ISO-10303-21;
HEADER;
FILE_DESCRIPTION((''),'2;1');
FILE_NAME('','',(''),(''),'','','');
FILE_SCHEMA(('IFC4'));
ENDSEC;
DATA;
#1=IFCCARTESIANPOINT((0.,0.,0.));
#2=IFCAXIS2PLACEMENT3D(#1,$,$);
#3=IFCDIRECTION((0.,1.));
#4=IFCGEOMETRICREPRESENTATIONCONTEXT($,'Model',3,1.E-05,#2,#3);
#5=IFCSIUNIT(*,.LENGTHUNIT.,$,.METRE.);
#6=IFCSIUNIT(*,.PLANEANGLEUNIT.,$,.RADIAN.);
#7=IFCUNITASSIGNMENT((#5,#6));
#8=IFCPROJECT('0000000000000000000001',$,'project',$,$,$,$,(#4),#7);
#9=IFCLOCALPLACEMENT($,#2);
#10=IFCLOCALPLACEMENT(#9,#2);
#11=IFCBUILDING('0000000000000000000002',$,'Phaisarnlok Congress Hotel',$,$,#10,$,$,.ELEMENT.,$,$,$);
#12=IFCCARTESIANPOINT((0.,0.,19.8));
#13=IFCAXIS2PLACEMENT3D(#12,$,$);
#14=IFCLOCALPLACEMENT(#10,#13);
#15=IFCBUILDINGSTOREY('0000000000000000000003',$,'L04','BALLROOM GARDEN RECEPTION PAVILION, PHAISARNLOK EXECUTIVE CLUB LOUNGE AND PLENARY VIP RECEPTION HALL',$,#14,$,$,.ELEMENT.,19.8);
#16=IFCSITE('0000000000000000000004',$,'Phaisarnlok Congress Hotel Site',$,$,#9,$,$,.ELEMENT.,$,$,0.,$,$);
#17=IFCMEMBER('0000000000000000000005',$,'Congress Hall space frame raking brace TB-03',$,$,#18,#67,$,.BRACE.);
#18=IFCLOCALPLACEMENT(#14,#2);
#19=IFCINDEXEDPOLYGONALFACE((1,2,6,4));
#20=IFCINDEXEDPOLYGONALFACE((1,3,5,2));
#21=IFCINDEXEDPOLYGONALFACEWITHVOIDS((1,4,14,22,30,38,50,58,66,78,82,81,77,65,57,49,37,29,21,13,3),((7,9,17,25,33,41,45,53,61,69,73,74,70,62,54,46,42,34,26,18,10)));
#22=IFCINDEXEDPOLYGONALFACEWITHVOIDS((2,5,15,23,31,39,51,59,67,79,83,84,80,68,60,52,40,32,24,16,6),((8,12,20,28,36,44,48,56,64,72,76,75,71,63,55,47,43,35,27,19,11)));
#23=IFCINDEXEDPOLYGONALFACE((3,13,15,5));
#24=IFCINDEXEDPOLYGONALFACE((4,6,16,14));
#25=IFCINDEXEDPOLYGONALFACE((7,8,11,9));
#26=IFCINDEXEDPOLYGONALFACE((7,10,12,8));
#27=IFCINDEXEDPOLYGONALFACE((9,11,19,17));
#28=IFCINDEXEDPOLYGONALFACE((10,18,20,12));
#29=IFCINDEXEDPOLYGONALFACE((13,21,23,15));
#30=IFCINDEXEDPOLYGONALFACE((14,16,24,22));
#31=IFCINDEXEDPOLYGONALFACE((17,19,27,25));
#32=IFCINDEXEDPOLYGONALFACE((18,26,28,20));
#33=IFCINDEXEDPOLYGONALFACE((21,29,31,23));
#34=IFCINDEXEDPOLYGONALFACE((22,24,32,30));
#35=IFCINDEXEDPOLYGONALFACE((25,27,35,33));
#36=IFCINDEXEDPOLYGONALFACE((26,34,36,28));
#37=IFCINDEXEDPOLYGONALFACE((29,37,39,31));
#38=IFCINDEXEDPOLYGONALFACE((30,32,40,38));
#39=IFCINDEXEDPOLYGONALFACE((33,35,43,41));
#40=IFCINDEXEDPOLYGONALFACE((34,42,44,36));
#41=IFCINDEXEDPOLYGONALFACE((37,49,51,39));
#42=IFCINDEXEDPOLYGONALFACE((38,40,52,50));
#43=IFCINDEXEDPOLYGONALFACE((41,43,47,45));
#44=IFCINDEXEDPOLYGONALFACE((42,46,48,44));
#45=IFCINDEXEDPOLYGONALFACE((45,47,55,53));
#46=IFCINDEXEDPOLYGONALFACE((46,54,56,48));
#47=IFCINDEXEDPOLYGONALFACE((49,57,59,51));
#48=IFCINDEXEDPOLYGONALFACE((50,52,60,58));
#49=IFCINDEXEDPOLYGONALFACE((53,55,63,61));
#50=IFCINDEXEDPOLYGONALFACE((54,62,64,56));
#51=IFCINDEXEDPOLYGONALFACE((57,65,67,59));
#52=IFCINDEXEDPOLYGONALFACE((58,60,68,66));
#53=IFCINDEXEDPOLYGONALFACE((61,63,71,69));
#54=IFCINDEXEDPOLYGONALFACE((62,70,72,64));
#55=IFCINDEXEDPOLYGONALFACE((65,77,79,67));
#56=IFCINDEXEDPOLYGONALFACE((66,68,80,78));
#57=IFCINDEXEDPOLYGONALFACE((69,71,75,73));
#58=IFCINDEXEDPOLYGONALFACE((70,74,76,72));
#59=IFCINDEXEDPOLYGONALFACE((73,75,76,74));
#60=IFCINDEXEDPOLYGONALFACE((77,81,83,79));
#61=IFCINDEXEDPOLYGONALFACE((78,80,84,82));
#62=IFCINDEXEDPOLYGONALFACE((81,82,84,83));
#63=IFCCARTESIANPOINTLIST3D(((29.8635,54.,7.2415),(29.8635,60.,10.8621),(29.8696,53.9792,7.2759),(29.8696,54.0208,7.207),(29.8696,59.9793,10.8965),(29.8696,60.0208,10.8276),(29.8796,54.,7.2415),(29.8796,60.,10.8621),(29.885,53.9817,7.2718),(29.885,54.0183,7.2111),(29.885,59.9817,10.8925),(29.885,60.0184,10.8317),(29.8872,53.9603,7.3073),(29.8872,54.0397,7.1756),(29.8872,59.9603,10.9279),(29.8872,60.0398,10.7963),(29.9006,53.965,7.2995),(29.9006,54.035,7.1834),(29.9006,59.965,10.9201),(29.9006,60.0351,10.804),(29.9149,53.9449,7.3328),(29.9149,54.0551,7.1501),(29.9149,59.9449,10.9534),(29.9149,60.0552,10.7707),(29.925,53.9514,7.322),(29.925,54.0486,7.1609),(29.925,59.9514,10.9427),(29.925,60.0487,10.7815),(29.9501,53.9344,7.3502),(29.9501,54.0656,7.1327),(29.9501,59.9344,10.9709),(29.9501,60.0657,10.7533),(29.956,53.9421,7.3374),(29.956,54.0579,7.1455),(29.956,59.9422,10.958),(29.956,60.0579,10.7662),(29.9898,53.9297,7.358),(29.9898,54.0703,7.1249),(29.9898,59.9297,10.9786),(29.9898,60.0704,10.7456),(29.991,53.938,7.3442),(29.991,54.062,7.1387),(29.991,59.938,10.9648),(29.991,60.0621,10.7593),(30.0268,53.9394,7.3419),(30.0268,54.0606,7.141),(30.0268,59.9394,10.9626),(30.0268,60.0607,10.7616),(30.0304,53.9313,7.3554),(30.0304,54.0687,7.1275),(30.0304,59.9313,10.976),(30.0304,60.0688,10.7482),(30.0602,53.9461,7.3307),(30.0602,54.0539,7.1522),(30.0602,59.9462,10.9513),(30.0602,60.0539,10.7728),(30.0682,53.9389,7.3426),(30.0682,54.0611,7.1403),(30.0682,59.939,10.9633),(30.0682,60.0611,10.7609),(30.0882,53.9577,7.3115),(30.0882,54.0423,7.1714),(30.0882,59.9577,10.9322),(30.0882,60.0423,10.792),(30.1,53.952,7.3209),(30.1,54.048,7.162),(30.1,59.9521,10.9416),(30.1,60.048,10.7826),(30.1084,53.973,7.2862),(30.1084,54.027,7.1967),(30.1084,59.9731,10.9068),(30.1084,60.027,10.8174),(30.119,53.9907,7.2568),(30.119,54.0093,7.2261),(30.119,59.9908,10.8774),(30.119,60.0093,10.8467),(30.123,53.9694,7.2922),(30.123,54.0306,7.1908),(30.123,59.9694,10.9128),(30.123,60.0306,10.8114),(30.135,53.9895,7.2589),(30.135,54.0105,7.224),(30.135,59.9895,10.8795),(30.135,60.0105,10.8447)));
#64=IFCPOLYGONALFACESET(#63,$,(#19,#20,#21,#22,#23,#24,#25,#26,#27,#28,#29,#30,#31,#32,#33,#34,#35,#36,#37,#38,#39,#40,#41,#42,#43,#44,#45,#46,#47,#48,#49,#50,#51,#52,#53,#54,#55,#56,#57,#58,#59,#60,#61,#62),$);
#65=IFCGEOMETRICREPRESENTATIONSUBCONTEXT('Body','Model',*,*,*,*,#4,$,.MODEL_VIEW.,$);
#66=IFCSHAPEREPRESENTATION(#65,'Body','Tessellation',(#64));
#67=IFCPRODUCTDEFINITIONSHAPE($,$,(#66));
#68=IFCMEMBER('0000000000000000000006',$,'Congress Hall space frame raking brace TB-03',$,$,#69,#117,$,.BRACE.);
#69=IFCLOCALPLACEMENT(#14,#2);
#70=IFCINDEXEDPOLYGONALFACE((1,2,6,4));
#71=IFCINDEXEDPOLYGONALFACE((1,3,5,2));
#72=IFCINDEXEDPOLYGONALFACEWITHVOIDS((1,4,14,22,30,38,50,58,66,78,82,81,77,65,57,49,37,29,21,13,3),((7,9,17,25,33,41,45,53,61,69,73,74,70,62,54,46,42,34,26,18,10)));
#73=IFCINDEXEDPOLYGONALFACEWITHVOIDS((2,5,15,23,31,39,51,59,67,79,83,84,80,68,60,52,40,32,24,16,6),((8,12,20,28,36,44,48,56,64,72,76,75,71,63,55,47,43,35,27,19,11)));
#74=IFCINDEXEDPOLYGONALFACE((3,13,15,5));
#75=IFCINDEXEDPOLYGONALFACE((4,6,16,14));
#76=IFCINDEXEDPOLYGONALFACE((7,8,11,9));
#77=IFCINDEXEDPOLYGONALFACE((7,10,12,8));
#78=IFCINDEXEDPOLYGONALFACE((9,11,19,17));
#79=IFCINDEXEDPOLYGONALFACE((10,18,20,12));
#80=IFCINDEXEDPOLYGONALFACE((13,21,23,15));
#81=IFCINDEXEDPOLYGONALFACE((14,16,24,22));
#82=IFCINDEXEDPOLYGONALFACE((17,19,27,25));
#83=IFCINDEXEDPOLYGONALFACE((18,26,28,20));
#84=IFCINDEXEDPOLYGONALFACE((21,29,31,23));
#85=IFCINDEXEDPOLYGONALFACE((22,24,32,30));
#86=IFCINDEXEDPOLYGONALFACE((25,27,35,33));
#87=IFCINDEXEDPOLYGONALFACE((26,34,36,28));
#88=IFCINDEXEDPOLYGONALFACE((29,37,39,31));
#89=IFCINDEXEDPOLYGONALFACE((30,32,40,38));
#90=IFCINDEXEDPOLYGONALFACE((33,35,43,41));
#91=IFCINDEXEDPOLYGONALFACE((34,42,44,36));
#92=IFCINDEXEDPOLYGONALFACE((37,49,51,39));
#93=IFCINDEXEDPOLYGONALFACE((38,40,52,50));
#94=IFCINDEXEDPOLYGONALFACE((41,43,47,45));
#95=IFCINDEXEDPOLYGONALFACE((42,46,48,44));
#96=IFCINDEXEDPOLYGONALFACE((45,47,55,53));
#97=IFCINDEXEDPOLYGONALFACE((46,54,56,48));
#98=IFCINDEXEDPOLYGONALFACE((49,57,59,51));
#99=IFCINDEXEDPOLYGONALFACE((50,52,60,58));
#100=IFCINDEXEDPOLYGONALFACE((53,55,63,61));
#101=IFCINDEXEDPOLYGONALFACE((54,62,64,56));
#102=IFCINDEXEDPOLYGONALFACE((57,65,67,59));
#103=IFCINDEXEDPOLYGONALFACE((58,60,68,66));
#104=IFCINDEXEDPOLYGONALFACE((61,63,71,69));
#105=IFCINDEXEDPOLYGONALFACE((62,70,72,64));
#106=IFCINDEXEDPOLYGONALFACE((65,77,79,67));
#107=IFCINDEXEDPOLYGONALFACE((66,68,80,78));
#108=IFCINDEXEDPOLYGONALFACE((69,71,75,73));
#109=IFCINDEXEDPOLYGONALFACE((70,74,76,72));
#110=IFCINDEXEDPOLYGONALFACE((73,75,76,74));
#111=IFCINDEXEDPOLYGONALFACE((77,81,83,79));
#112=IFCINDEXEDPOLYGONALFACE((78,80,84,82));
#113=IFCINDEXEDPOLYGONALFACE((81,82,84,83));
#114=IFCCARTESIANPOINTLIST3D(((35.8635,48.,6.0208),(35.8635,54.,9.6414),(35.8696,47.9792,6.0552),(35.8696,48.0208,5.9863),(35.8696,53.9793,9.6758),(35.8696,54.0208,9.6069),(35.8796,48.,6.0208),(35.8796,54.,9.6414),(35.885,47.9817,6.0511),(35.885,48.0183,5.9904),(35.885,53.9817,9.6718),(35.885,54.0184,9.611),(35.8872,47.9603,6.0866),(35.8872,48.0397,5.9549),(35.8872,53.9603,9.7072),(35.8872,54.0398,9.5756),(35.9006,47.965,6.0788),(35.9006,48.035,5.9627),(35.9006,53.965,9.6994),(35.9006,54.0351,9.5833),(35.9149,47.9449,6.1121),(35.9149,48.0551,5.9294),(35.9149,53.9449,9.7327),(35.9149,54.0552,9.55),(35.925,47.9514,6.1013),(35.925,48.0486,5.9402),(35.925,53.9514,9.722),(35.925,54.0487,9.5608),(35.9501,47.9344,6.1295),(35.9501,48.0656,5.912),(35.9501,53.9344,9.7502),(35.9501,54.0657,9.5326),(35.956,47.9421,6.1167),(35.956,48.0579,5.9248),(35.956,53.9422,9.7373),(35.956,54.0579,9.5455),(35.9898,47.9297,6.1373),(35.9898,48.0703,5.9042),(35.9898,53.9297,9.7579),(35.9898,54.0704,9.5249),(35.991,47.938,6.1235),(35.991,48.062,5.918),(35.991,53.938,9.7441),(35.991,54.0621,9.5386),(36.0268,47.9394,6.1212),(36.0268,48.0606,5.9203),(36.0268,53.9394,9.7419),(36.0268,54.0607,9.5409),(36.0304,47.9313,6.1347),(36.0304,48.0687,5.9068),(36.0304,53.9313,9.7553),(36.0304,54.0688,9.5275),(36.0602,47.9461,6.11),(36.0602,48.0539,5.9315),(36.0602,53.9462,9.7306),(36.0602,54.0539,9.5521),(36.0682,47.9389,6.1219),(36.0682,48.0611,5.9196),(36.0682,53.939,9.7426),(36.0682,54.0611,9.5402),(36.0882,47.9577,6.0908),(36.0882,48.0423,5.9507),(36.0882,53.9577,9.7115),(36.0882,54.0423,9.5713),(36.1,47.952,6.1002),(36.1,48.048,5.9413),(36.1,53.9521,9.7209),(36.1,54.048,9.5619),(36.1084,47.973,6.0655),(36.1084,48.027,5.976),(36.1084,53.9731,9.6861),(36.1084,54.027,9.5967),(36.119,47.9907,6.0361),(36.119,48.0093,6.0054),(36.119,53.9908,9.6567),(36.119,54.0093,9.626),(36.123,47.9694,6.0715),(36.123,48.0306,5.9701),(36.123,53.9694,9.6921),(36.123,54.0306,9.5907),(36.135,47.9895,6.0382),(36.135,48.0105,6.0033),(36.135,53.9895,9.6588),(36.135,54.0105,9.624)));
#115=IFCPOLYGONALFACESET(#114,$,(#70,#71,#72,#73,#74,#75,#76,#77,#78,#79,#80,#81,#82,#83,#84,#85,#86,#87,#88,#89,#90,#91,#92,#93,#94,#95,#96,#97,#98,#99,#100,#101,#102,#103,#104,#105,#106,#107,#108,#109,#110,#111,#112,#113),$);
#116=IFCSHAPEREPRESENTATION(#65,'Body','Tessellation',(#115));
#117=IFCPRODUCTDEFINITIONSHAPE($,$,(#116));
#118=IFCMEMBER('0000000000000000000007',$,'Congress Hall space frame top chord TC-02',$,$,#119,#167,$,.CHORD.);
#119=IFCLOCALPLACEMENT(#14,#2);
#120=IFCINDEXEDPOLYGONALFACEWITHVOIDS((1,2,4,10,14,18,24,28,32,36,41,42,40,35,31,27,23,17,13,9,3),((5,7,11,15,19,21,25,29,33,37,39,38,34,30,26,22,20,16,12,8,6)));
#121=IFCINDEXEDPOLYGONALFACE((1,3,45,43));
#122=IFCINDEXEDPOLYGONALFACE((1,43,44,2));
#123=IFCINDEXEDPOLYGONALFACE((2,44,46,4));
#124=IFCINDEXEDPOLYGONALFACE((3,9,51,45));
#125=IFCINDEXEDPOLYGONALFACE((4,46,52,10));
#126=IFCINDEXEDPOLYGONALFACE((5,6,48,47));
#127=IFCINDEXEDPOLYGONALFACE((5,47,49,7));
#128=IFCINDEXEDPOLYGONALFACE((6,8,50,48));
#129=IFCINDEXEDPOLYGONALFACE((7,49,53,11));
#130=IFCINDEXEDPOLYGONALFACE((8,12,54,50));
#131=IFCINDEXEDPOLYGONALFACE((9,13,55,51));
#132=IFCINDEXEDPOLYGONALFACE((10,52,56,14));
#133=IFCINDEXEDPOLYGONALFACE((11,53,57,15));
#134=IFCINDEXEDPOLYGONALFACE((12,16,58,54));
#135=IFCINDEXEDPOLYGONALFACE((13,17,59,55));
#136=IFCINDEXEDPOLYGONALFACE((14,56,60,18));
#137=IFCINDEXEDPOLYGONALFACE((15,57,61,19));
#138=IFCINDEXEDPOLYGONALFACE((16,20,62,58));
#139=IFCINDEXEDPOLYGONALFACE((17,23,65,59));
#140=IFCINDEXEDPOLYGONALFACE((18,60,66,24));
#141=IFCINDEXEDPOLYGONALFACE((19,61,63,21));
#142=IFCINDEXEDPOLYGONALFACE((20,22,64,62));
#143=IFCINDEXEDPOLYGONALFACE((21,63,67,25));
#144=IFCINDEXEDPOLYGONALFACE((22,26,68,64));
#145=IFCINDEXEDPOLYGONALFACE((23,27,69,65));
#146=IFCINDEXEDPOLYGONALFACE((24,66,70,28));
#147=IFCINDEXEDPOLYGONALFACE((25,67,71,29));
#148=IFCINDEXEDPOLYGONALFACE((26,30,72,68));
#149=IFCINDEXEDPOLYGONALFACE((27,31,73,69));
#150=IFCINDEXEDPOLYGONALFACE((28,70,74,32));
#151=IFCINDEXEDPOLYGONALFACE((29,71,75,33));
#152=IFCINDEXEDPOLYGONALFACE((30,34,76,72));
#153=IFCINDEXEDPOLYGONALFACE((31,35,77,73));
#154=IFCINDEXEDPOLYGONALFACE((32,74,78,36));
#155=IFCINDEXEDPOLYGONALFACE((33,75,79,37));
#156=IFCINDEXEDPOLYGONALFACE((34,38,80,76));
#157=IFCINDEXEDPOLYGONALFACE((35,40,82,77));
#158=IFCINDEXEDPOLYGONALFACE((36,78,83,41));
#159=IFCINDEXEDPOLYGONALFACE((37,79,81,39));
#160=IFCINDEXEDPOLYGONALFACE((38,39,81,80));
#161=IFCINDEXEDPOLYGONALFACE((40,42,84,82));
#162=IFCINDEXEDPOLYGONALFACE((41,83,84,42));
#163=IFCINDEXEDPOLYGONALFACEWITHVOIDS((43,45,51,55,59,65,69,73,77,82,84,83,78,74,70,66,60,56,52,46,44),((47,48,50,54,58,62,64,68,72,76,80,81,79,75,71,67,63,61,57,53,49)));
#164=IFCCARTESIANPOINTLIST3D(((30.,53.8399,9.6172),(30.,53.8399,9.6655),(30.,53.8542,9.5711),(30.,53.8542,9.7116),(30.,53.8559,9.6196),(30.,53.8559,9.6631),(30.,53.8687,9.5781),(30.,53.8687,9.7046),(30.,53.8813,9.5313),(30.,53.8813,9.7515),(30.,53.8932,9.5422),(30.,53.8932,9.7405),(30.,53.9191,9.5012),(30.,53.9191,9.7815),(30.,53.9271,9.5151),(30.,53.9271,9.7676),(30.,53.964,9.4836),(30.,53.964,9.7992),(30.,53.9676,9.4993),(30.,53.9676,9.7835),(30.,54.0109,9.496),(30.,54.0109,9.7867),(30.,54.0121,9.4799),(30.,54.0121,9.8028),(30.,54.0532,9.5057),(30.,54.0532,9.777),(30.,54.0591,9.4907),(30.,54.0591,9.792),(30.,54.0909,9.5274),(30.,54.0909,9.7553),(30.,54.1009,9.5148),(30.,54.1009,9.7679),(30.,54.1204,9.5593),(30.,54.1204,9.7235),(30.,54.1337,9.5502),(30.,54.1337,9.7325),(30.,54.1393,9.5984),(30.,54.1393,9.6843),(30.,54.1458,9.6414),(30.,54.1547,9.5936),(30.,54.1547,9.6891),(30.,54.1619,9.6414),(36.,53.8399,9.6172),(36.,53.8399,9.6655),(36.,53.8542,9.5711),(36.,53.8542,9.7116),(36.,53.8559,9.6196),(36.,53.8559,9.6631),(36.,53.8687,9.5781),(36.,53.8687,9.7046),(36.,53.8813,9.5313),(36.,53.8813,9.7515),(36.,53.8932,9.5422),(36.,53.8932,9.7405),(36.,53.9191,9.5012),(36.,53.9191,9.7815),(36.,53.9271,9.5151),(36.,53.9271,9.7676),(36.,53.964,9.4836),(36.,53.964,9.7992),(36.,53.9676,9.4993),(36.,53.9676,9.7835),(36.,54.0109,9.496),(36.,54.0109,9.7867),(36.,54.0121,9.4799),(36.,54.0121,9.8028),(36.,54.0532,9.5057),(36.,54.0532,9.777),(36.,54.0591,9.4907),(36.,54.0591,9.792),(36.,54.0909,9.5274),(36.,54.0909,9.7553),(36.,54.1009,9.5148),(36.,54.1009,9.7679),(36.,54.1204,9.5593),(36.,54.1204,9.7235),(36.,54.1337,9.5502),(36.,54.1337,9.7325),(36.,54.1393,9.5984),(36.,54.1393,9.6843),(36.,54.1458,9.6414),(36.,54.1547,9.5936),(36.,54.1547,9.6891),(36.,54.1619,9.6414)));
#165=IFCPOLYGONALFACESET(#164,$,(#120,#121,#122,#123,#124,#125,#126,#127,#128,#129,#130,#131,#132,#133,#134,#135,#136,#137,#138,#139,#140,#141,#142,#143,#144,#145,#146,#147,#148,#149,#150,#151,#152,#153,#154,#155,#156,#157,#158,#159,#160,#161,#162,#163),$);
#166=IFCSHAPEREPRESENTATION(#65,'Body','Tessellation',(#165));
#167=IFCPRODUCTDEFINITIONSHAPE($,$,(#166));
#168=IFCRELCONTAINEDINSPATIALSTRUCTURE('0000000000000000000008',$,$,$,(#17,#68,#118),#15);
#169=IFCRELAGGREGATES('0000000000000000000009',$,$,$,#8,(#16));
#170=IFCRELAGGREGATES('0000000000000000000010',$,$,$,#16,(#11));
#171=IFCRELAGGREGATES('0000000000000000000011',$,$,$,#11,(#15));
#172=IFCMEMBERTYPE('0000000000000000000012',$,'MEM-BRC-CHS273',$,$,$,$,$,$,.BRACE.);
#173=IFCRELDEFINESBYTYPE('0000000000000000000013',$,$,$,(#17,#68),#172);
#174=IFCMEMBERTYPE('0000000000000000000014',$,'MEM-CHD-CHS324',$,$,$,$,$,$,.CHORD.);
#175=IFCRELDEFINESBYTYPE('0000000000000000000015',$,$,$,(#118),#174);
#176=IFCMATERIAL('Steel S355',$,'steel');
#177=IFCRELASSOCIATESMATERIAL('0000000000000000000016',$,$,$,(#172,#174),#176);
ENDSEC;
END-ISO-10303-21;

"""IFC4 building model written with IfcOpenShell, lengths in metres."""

from ifc_helpers import new_model, si_unit, direction, frame, origin, origin_2d, place, context, subcontext, project, spatial, hollow_circle, extrude, material, material_profile, profile_set, type_object, element, save


model = new_model("IFC4")

# Units and contexts
model_context = context("Model", 3, precision=1e-05, world=origin(), true_north=direction((0.0, 1.0)))
body_context = subcontext(model_context, "Body", "Model", "MODEL_VIEW")
ifc_project = project(units=[si_unit("LENGTHUNIT", "METRE"), si_unit("PLANEANGLEUNIT", "RADIAN")], contexts=[model_context])

# Site, building, storey
site_placement = place(None, origin())
site = spatial("IfcSite", under=ifc_project, at=site_placement, Name="Phaisarnlok Congress Hotel Site", CompositionType="ELEMENT", RefElevation=0.0)
building_placement = place(site_placement, origin())
building = spatial("IfcBuilding", under=site, at=building_placement, Name="Phaisarnlok Congress Hotel", CompositionType="ELEMENT")
storey_placement = place(building_placement, frame((0.0, 0.0, 19.8)))
storey = spatial("IfcBuildingStorey", under=building, at=storey_placement, Name="L04", Description="BALLROOM GARDEN RECEPTION PAVILION, PHAISARNLOK EXECUTIVE CLUB LOUNGE AND PLENARY VIP RECEPTION HALL", CompositionType="ELEMENT", Elevation=19.8)

# Members
ifc_material = material(Name="Steel S355", Category="steel")
ifc_material_profile_1 = material_profile(ifc_material, hollow_circle(Radius=0.1365, WallThickness=0.0161, at=origin_2d()), Name="CHS 273x16")
ifc_profile_set_1 = profile_set([ifc_material_profile_1], Name="Steel S355")
member_type_1 = type_object("IfcMemberType", Name="MEM-BRC-CHS273", PredefinedType="BRACE", material=ifc_profile_set_1)
for number, where, z_axis, x_axis, name in (
    (1, (30.0, 54.0, 7.2415), (0.0, 0.856193, 0.516656), (-1.0, 0.0, 0.0), "Congress Hall space frame raking brace TB-03"),
    (2, (36.0, 48.0, 6.0208), (0.0, 0.856193, 0.516656), (-1.0, 0.0, 0.0), "Congress Hall space frame raking brace TB-03"),
):
    element("IfcMember", number, at=place(storey_placement, frame(where, z_axis=z_axis, x_axis=x_axis)), inside=storey, type_object=member_type_1, Name=name, PredefinedType="BRACE", context=body_context, shape_type="SweptSolid", body=[
        extrude(hollow_circle(Radius=0.1365, WallThickness=0.0161, at=origin_2d()), origin(), (0.0, 0.0, 1.0), 7.0078),
    ])
ifc_material_profile_2 = material_profile(ifc_material, hollow_circle(Radius=0.1619, WallThickness=0.0161, at=origin_2d()), Name="CHS 323.9x16")
ifc_profile_set_2 = profile_set([ifc_material_profile_2], Name="Steel S355")
member_type_2 = type_object("IfcMemberType", Name="MEM-CHD-CHS324", PredefinedType="CHORD", material=ifc_profile_set_2)
member_1_placement = place(storey_placement, frame((30.0, 54.0, 9.6414), z_axis=(1.0, 0.0, 0.0), x_axis=(0.0, 1.0, 0.0)))
element("IfcMember", 3, at=member_1_placement, inside=storey, type_object=member_type_2, Name="Congress Hall space frame top chord TC-02", PredefinedType="CHORD", context=body_context, shape_type="SweptSolid", body=[
    extrude(hollow_circle(Radius=0.1619, WallThickness=0.0161, at=origin_2d()), origin(), (0.0, 0.0, 1.0), 6.0),
])

save(model, "model.ifc")
